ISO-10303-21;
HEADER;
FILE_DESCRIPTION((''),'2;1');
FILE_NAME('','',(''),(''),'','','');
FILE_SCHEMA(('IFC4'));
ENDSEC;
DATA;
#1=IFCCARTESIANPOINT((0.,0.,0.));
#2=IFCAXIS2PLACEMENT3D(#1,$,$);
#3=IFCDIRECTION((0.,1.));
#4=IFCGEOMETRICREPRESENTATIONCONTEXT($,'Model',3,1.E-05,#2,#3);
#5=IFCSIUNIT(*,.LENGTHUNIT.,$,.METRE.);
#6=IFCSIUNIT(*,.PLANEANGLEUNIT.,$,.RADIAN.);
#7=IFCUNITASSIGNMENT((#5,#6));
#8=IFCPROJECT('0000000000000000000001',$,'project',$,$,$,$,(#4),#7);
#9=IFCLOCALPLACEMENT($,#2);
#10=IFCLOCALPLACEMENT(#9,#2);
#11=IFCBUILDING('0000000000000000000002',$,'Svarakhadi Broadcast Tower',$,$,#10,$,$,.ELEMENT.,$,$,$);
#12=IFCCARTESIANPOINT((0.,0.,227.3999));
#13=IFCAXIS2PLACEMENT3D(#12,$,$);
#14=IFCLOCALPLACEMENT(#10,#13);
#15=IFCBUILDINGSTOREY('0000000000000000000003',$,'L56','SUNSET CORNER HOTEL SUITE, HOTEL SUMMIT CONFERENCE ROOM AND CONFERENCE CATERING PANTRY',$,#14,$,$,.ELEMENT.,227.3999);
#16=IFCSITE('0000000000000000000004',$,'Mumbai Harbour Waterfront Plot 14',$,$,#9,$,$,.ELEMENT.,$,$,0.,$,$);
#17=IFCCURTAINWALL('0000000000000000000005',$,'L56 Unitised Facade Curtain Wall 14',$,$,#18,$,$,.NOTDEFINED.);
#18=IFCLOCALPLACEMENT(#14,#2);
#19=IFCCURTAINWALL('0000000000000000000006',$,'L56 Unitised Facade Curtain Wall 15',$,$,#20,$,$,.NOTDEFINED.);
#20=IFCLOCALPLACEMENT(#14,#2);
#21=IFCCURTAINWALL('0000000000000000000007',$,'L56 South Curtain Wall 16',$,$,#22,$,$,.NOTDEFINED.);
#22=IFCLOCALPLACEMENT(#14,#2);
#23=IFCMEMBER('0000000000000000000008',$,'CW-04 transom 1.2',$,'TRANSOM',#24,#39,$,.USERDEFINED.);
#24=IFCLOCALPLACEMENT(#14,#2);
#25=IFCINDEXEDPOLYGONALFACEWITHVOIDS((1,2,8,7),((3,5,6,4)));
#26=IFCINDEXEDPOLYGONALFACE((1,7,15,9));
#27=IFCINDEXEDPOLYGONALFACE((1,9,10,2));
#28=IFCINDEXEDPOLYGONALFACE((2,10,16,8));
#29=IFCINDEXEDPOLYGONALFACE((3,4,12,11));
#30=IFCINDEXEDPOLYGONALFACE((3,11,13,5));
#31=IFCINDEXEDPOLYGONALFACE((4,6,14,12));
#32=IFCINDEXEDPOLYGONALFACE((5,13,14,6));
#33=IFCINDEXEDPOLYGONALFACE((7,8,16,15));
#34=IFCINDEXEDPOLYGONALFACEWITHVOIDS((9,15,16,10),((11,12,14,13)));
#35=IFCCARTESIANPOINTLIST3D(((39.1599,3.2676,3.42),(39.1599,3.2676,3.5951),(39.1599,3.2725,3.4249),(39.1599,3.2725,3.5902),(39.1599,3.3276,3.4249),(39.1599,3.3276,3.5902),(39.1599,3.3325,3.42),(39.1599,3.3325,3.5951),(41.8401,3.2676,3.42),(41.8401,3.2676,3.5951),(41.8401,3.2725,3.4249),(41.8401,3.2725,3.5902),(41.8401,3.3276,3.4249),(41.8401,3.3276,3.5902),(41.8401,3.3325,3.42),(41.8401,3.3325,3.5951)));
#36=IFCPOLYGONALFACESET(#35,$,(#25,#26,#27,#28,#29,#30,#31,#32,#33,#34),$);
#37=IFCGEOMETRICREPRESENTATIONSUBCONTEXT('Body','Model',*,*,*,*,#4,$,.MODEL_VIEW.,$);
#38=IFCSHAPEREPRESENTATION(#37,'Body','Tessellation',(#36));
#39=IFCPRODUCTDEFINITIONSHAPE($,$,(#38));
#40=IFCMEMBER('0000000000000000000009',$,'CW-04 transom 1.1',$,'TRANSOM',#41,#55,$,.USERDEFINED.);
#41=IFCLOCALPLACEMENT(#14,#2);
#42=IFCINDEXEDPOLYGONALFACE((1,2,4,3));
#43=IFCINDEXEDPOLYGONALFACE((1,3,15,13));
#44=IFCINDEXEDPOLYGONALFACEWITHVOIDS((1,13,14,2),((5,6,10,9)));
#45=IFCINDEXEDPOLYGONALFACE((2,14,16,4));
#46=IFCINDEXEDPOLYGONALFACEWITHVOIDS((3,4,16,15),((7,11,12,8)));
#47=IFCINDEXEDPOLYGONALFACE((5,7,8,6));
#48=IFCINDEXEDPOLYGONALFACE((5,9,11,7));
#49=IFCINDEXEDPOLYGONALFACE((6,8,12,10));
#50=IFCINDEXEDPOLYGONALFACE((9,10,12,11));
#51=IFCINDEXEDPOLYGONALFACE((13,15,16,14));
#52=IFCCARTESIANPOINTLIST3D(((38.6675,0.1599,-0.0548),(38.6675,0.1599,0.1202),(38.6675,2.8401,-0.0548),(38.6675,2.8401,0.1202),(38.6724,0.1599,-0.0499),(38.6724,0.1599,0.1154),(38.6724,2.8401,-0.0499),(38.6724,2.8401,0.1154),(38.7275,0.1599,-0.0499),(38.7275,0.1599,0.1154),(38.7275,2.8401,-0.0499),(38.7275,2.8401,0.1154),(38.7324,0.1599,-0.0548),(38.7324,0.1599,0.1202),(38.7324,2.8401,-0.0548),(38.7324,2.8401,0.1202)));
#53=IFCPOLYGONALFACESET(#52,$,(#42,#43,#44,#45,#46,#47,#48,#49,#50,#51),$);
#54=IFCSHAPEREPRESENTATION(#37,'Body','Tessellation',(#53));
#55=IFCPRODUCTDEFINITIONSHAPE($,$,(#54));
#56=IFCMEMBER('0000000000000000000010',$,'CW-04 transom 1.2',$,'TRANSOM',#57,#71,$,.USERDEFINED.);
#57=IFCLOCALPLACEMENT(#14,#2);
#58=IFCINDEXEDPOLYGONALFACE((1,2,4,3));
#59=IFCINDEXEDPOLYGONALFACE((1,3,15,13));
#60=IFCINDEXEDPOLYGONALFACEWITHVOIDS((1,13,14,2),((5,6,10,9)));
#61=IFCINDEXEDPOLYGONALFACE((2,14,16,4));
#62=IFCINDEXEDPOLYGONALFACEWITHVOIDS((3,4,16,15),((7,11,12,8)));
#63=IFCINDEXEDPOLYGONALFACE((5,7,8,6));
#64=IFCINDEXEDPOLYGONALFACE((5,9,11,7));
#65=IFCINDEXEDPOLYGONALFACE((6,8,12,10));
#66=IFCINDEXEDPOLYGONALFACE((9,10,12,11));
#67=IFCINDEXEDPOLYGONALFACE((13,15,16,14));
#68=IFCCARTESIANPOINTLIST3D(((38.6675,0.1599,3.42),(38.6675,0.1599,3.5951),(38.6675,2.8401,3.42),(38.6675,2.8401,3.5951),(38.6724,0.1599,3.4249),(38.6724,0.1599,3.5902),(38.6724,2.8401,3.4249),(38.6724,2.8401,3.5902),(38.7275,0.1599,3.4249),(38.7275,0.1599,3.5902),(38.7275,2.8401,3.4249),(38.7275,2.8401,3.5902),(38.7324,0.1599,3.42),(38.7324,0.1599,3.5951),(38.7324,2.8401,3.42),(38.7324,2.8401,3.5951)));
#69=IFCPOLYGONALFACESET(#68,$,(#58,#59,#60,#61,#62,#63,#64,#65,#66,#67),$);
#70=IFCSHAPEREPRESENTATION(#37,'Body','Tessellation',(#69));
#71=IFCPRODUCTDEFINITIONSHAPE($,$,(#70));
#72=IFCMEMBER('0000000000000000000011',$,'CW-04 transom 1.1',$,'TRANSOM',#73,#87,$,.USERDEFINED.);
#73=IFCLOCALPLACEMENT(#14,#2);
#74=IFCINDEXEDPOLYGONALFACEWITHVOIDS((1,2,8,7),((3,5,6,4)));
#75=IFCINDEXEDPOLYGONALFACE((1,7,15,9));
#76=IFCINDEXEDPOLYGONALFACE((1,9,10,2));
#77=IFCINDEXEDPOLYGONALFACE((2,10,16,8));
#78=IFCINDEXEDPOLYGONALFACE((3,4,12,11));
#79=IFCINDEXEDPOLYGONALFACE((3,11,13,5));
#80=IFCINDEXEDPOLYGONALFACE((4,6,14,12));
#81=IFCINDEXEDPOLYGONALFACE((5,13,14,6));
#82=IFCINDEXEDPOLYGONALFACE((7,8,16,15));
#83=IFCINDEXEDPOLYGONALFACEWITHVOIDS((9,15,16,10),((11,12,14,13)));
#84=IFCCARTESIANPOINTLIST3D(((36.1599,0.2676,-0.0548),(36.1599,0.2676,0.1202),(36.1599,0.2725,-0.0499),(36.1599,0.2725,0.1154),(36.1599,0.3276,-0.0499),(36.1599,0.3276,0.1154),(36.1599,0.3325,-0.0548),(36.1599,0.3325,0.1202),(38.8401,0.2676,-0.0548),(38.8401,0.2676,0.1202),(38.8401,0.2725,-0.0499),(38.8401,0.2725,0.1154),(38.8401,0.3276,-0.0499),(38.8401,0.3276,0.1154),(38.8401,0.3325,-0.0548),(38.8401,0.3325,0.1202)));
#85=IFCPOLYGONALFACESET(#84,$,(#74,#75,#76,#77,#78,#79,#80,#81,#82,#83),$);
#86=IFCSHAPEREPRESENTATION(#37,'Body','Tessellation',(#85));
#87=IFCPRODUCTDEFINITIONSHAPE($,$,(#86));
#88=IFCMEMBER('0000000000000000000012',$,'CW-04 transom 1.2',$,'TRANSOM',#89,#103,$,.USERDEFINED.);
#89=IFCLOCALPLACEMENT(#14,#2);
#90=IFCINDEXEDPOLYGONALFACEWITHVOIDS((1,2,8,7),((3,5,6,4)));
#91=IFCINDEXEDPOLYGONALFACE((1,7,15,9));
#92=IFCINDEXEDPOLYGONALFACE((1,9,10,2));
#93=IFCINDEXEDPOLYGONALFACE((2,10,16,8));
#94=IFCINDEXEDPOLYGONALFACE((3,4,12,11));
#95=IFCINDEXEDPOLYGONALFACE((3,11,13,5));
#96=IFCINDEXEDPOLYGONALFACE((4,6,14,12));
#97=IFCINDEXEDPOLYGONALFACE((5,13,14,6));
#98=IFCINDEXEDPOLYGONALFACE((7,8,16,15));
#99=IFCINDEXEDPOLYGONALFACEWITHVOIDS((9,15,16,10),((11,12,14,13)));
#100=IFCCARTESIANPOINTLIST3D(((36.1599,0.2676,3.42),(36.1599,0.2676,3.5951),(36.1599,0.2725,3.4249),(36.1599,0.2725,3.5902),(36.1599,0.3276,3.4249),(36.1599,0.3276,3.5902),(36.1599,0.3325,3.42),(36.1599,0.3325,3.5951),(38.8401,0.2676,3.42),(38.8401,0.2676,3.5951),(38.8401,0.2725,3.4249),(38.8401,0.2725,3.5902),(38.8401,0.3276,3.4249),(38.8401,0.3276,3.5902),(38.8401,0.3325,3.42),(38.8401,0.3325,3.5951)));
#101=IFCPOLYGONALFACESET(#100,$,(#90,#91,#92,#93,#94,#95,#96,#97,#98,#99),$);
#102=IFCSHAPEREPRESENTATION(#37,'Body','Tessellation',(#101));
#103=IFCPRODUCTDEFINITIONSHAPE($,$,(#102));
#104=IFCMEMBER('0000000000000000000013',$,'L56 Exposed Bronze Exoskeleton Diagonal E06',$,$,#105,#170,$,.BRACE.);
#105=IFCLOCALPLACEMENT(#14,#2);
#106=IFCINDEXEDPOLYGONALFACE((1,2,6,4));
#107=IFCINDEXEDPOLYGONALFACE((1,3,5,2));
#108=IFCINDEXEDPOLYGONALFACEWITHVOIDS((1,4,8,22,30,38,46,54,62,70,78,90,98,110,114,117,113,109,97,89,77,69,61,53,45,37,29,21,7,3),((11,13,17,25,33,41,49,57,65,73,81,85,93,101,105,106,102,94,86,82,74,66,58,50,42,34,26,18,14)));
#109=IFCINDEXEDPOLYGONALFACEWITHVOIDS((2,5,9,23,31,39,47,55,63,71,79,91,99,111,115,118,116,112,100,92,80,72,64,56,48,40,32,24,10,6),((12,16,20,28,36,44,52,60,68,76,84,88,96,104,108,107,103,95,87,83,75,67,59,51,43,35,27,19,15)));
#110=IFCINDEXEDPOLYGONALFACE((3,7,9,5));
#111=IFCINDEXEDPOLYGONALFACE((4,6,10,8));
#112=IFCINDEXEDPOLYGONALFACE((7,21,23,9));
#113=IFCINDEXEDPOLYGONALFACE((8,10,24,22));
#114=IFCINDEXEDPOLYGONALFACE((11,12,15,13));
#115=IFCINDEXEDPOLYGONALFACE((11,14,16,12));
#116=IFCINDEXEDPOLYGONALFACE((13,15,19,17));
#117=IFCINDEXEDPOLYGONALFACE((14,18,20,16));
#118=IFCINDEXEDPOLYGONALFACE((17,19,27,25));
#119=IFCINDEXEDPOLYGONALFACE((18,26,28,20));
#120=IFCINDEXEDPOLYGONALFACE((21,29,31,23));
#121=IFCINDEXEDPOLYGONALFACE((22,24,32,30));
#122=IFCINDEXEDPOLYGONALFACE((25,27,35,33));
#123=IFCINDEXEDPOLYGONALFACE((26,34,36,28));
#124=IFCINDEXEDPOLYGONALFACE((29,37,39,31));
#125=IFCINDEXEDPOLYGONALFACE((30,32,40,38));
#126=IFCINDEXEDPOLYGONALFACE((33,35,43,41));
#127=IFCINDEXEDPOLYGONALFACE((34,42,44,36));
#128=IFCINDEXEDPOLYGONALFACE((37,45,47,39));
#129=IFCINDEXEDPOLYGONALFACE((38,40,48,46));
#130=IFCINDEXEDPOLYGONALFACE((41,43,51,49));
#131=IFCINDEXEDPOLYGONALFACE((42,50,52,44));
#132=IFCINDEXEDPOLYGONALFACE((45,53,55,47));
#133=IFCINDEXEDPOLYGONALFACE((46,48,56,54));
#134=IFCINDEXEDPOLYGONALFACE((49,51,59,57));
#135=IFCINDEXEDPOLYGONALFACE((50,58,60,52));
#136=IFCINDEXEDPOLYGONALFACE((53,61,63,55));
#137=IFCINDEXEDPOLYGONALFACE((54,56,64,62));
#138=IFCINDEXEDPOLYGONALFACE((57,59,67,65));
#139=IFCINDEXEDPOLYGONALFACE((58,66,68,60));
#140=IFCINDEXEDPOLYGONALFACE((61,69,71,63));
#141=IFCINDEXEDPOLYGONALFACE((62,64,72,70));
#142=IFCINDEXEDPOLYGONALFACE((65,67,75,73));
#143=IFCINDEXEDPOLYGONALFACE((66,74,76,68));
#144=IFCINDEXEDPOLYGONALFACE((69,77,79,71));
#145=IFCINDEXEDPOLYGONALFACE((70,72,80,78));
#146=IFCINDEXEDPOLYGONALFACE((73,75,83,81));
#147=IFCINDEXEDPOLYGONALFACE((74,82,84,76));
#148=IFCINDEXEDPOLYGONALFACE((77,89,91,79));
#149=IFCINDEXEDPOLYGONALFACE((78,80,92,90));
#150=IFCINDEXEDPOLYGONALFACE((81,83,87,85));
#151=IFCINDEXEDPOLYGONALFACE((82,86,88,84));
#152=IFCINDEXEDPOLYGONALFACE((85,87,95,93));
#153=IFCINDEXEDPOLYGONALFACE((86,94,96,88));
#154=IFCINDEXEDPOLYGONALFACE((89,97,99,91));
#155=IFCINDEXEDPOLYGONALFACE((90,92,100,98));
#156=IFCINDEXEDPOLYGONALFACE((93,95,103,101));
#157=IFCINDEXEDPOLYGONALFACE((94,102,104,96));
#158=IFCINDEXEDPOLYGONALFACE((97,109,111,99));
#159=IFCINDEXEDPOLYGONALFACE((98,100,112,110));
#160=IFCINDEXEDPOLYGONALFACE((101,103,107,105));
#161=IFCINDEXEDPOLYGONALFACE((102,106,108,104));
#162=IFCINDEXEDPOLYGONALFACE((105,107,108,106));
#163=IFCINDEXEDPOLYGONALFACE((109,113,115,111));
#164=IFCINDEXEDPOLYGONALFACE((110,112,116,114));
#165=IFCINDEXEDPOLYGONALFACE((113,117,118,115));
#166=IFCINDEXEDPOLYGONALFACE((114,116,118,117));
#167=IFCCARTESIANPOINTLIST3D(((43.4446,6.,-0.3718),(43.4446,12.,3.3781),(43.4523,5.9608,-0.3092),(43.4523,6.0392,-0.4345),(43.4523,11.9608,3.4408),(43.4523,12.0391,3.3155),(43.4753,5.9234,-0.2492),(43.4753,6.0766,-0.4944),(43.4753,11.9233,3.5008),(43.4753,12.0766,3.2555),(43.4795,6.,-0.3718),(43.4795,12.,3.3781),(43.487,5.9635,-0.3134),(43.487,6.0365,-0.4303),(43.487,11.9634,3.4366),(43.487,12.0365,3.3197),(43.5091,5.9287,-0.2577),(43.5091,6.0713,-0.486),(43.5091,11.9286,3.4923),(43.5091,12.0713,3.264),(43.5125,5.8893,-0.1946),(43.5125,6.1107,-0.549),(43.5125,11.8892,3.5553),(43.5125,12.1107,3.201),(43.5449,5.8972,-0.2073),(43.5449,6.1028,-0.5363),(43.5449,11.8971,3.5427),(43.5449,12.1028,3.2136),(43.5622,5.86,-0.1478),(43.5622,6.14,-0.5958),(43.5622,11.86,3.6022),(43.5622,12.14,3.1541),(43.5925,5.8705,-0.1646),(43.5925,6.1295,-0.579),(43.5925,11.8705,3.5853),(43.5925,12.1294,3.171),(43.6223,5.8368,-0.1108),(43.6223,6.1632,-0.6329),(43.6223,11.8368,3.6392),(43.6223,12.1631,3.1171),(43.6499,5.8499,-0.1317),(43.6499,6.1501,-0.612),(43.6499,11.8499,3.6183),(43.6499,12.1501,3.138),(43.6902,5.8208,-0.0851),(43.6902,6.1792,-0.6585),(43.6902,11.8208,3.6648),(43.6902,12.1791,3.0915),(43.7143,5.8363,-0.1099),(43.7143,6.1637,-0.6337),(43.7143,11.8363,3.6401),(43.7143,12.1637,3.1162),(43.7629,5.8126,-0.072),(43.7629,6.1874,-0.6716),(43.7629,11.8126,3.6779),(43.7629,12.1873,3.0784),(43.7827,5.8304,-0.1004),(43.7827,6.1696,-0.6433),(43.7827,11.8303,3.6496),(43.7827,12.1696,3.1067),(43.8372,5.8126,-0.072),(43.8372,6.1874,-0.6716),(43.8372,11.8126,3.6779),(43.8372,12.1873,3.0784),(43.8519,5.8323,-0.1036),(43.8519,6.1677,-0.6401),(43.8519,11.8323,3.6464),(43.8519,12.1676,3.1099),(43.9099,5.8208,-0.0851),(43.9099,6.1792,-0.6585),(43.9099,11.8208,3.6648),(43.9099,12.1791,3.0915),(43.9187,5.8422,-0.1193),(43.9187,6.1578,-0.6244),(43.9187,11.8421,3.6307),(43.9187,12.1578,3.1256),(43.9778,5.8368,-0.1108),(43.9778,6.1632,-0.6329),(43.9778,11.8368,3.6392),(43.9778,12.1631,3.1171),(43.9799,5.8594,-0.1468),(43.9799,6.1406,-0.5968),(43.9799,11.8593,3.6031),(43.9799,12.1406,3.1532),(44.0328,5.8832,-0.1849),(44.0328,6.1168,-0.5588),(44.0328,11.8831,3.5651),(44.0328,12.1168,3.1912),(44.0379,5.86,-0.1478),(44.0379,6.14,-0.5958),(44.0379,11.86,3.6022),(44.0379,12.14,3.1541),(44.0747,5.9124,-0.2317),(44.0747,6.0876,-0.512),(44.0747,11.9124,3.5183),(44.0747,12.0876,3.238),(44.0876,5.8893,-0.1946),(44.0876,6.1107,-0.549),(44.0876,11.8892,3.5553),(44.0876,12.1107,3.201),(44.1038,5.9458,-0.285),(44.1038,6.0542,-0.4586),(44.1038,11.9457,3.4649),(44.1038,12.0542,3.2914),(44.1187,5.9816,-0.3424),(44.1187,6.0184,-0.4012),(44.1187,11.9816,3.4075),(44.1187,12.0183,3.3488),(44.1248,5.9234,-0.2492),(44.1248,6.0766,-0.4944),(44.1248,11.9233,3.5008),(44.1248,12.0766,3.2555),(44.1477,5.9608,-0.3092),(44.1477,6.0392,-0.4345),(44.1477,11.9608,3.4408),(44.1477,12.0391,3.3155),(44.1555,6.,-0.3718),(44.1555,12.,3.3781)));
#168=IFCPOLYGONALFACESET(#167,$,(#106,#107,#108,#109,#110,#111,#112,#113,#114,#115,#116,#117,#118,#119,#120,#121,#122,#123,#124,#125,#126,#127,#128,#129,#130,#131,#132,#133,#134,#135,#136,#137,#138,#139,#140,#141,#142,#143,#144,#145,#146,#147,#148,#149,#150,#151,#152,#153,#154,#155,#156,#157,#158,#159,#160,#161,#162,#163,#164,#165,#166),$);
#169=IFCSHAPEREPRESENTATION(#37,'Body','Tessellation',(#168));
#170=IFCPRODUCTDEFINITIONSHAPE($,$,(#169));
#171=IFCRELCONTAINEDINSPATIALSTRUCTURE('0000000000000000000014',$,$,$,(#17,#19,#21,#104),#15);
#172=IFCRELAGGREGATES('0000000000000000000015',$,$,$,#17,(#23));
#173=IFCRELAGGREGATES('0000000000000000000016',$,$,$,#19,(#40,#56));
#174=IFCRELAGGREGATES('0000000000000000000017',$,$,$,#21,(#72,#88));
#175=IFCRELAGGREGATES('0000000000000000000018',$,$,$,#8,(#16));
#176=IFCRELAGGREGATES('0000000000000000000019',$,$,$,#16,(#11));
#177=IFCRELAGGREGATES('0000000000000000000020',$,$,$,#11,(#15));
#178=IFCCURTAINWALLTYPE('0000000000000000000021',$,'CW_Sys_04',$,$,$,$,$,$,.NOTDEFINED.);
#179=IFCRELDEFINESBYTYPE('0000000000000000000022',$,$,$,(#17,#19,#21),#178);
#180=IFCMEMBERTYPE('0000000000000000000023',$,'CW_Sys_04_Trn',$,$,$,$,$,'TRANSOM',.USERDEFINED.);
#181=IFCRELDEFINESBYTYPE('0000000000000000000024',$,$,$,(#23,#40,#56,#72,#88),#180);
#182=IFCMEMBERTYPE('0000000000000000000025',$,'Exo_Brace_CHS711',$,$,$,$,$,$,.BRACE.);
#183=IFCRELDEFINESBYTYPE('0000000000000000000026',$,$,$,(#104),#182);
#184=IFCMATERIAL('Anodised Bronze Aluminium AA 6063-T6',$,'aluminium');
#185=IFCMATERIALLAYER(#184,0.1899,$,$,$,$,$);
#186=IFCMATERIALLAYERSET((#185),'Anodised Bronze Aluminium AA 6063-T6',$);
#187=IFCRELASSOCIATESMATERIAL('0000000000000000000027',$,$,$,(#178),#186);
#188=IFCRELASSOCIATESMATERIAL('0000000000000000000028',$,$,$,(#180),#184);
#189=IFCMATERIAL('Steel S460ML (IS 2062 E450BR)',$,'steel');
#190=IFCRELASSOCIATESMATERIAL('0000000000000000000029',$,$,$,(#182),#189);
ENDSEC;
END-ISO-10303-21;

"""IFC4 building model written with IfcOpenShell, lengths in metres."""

from ifc_helpers import new_model, si_unit, direction, frame, origin, origin_2d, place, context, subcontext, project, spatial, hollow_rectangle, hollow_circle, extrude, material, layer, layer_set, material_profile, profile_set, type_object, element, aggregate, save


model = new_model("IFC4")

# Units and contexts
model_context = context("Model", 3, precision=1e-05, world=origin(), true_north=direction((0.0, 1.0)))
body_context = subcontext(model_context, "Body", "Model", "MODEL_VIEW")
ifc_project = project(units=[si_unit("LENGTHUNIT", "METRE"), si_unit("PLANEANGLEUNIT", "RADIAN")], contexts=[model_context])

# Site, building, storey
site_placement = place(None, origin())
site = spatial("IfcSite", under=ifc_project, at=site_placement, Name="Mumbai Harbour Waterfront Plot 14", CompositionType="ELEMENT", RefElevation=0.0)
building_placement = place(site_placement, origin())
building = spatial("IfcBuilding", under=site, at=building_placement, Name="Svarakhadi Broadcast Tower", CompositionType="ELEMENT")
storey_placement = place(building_placement, frame((0.0, 0.0, 227.3999)))
storey = spatial("IfcBuildingStorey", under=building, at=storey_placement, Name="L56", Description="SUNSET CORNER HOTEL SUITE, HOTEL SUMMIT CONFERENCE ROOM AND CONFERENCE CATERING PANTRY", CompositionType="ELEMENT", Elevation=227.3999)

# Shared definitions
ifc_material_1 = material(Name="Steel S460ML (IS 2062 E450BR)", Category="steel")

# Shared definitions
ifc_material_2 = material(Name="Anodised Bronze Aluminium AA 6063-T6", Category="aluminium")
ifc_layer_1 = layer(ifc_material_2, 0.1899)
ifc_layer_set_1 = layer_set([ifc_layer_1], Name="Anodised Bronze Aluminium AA 6063-T6")
curtain_wall_type = type_object("IfcCurtainWallType", Name="CW_Sys_04", PredefinedType="NOTDEFINED", material=ifc_layer_set_1)

# Curtain walls
curtain_wall_1_placement = place(storey_placement, origin())
curtain_wall_1 = element("IfcCurtainWall", 1, at=curtain_wall_1_placement, inside=storey, type_object=curtain_wall_type, Name="L56 Unitised Facade Curtain Wall 14", PredefinedType="NOTDEFINED")
curtain_wall_2_placement = place(storey_placement, origin())
curtain_wall_2 = element("IfcCurtainWall", 2, at=curtain_wall_2_placement, inside=storey, type_object=curtain_wall_type, Name="L56 Unitised Facade Curtain Wall 15", PredefinedType="NOTDEFINED")
curtain_wall_3_placement = place(storey_placement, origin())
curtain_wall_3 = element("IfcCurtainWall", 3, at=curtain_wall_3_placement, inside=storey, type_object=curtain_wall_type, Name="L56 South Curtain Wall 16", PredefinedType="NOTDEFINED")

# Members
ifc_material_profile_1 = material_profile(ifc_material_2, hollow_rectangle(XDim=0.0649, YDim=0.175, WallThickness=0.0049, at=origin_2d()), Name="ALU TRANSOM 175x65x5")
ifc_profile_set_1 = profile_set([ifc_material_profile_1], Name="Anodised Bronze Aluminium AA 6063-T6")
member_type_1 = type_object("IfcMemberType", Name="CW_Sys_04_Trn", ElementType="TRANSOM", PredefinedType="USERDEFINED", material=ifc_profile_set_1)
member_1_placement = place(storey_placement, frame((41.8401, 3.3, 3.5076), z_axis=(-1.0, 0.0, 0.0), x_axis=(0.0, -1.0, 0.0)))
member_1 = element("IfcMember", 4, at=member_1_placement, type_object=member_type_1, Name="CW-04 transom 1.2", ObjectType="TRANSOM", PredefinedType="USERDEFINED", context=body_context, shape_type="SweptSolid", body=[
    extrude(hollow_rectangle(XDim=0.0649, YDim=0.175, WallThickness=0.0049, at=origin_2d()), origin(), (0.0, 0.0, 1.0), 2.6802),
])
member_2_placement = place(storey_placement, frame((38.7, 2.8401, 0.0327), z_axis=(0.0, -1.0, 0.0), x_axis=(1.0, 0.0, 0.0)))
member_2 = element("IfcMember", 5, at=member_2_placement, type_object=member_type_1, Name="CW-04 transom 1.1", ObjectType="TRANSOM", PredefinedType="USERDEFINED", context=body_context, shape_type="SweptSolid", body=[
    extrude(hollow_rectangle(XDim=0.0649, YDim=0.175, WallThickness=0.0049, at=origin_2d()), origin(), (0.0, 0.0, 1.0), 2.6802),
])
member_3_placement = place(storey_placement, frame((38.7, 2.8401, 3.5076), z_axis=(0.0, -1.0, 0.0), x_axis=(1.0, 0.0, 0.0)))
member_3 = element("IfcMember", 6, at=member_3_placement, type_object=member_type_1, Name="CW-04 transom 1.2", ObjectType="TRANSOM", PredefinedType="USERDEFINED", context=body_context, shape_type="SweptSolid", body=[
    extrude(hollow_rectangle(XDim=0.0649, YDim=0.175, WallThickness=0.0049, at=origin_2d()), origin(), (0.0, 0.0, 1.0), 2.6802),
])
member_4_placement = place(storey_placement, frame((38.8401, 0.3, 0.0327), z_axis=(-1.0, 0.0, 0.0), x_axis=(0.0, -1.0, 0.0)))
member_4 = element("IfcMember", 7, at=member_4_placement, type_object=member_type_1, Name="CW-04 transom 1.1", ObjectType="TRANSOM", PredefinedType="USERDEFINED", context=body_context, shape_type="SweptSolid", body=[
    extrude(hollow_rectangle(XDim=0.0649, YDim=0.175, WallThickness=0.0049, at=origin_2d()), origin(), (0.0, 0.0, 1.0), 2.6802),
])
member_5_placement = place(storey_placement, frame((38.8401, 0.3, 3.5076), z_axis=(-1.0, 0.0, 0.0), x_axis=(0.0, -1.0, 0.0)))
member_5 = element("IfcMember", 8, at=member_5_placement, type_object=member_type_1, Name="CW-04 transom 1.2", ObjectType="TRANSOM", PredefinedType="USERDEFINED", context=body_context, shape_type="SweptSolid", body=[
    extrude(hollow_rectangle(XDim=0.0649, YDim=0.175, WallThickness=0.0049, at=origin_2d()), origin(), (0.0, 0.0, 1.0), 2.6802),
])

# Member
ifc_material_profile_2 = material_profile(ifc_material_1, hollow_circle(Radius=0.3555, WallThickness=0.0349, at=origin_2d()), Name="CHS 711x35")
ifc_profile_set_2 = profile_set([ifc_material_profile_2], Name="Steel S460ML (IS 2062 E450BR)")
member_type_2 = type_object("IfcMemberType", Name="Exo_Brace_CHS711", PredefinedType="BRACE", material=ifc_profile_set_2)
member_6_placement = place(storey_placement, frame((43.8, 6.0, -0.3718), z_axis=(0.0, 0.847998, 0.529999), x_axis=(-1.0, 0.0, 0.0)))
element("IfcMember", 9, at=member_6_placement, inside=storey, type_object=member_type_2, Name="L56 Exposed Bronze Exoskeleton Diagonal E06", PredefinedType="BRACE", context=body_context, shape_type="SweptSolid", body=[
    extrude(hollow_circle(Radius=0.3555, WallThickness=0.0349, at=origin_2d()), origin(), (0.0, 0.0, 1.0), 7.0754),
])

aggregate(curtain_wall_1, [member_1])
aggregate(curtain_wall_2, [member_2, member_3])
aggregate(curtain_wall_3, [member_4, member_5])

save(model, "model.ifc")
